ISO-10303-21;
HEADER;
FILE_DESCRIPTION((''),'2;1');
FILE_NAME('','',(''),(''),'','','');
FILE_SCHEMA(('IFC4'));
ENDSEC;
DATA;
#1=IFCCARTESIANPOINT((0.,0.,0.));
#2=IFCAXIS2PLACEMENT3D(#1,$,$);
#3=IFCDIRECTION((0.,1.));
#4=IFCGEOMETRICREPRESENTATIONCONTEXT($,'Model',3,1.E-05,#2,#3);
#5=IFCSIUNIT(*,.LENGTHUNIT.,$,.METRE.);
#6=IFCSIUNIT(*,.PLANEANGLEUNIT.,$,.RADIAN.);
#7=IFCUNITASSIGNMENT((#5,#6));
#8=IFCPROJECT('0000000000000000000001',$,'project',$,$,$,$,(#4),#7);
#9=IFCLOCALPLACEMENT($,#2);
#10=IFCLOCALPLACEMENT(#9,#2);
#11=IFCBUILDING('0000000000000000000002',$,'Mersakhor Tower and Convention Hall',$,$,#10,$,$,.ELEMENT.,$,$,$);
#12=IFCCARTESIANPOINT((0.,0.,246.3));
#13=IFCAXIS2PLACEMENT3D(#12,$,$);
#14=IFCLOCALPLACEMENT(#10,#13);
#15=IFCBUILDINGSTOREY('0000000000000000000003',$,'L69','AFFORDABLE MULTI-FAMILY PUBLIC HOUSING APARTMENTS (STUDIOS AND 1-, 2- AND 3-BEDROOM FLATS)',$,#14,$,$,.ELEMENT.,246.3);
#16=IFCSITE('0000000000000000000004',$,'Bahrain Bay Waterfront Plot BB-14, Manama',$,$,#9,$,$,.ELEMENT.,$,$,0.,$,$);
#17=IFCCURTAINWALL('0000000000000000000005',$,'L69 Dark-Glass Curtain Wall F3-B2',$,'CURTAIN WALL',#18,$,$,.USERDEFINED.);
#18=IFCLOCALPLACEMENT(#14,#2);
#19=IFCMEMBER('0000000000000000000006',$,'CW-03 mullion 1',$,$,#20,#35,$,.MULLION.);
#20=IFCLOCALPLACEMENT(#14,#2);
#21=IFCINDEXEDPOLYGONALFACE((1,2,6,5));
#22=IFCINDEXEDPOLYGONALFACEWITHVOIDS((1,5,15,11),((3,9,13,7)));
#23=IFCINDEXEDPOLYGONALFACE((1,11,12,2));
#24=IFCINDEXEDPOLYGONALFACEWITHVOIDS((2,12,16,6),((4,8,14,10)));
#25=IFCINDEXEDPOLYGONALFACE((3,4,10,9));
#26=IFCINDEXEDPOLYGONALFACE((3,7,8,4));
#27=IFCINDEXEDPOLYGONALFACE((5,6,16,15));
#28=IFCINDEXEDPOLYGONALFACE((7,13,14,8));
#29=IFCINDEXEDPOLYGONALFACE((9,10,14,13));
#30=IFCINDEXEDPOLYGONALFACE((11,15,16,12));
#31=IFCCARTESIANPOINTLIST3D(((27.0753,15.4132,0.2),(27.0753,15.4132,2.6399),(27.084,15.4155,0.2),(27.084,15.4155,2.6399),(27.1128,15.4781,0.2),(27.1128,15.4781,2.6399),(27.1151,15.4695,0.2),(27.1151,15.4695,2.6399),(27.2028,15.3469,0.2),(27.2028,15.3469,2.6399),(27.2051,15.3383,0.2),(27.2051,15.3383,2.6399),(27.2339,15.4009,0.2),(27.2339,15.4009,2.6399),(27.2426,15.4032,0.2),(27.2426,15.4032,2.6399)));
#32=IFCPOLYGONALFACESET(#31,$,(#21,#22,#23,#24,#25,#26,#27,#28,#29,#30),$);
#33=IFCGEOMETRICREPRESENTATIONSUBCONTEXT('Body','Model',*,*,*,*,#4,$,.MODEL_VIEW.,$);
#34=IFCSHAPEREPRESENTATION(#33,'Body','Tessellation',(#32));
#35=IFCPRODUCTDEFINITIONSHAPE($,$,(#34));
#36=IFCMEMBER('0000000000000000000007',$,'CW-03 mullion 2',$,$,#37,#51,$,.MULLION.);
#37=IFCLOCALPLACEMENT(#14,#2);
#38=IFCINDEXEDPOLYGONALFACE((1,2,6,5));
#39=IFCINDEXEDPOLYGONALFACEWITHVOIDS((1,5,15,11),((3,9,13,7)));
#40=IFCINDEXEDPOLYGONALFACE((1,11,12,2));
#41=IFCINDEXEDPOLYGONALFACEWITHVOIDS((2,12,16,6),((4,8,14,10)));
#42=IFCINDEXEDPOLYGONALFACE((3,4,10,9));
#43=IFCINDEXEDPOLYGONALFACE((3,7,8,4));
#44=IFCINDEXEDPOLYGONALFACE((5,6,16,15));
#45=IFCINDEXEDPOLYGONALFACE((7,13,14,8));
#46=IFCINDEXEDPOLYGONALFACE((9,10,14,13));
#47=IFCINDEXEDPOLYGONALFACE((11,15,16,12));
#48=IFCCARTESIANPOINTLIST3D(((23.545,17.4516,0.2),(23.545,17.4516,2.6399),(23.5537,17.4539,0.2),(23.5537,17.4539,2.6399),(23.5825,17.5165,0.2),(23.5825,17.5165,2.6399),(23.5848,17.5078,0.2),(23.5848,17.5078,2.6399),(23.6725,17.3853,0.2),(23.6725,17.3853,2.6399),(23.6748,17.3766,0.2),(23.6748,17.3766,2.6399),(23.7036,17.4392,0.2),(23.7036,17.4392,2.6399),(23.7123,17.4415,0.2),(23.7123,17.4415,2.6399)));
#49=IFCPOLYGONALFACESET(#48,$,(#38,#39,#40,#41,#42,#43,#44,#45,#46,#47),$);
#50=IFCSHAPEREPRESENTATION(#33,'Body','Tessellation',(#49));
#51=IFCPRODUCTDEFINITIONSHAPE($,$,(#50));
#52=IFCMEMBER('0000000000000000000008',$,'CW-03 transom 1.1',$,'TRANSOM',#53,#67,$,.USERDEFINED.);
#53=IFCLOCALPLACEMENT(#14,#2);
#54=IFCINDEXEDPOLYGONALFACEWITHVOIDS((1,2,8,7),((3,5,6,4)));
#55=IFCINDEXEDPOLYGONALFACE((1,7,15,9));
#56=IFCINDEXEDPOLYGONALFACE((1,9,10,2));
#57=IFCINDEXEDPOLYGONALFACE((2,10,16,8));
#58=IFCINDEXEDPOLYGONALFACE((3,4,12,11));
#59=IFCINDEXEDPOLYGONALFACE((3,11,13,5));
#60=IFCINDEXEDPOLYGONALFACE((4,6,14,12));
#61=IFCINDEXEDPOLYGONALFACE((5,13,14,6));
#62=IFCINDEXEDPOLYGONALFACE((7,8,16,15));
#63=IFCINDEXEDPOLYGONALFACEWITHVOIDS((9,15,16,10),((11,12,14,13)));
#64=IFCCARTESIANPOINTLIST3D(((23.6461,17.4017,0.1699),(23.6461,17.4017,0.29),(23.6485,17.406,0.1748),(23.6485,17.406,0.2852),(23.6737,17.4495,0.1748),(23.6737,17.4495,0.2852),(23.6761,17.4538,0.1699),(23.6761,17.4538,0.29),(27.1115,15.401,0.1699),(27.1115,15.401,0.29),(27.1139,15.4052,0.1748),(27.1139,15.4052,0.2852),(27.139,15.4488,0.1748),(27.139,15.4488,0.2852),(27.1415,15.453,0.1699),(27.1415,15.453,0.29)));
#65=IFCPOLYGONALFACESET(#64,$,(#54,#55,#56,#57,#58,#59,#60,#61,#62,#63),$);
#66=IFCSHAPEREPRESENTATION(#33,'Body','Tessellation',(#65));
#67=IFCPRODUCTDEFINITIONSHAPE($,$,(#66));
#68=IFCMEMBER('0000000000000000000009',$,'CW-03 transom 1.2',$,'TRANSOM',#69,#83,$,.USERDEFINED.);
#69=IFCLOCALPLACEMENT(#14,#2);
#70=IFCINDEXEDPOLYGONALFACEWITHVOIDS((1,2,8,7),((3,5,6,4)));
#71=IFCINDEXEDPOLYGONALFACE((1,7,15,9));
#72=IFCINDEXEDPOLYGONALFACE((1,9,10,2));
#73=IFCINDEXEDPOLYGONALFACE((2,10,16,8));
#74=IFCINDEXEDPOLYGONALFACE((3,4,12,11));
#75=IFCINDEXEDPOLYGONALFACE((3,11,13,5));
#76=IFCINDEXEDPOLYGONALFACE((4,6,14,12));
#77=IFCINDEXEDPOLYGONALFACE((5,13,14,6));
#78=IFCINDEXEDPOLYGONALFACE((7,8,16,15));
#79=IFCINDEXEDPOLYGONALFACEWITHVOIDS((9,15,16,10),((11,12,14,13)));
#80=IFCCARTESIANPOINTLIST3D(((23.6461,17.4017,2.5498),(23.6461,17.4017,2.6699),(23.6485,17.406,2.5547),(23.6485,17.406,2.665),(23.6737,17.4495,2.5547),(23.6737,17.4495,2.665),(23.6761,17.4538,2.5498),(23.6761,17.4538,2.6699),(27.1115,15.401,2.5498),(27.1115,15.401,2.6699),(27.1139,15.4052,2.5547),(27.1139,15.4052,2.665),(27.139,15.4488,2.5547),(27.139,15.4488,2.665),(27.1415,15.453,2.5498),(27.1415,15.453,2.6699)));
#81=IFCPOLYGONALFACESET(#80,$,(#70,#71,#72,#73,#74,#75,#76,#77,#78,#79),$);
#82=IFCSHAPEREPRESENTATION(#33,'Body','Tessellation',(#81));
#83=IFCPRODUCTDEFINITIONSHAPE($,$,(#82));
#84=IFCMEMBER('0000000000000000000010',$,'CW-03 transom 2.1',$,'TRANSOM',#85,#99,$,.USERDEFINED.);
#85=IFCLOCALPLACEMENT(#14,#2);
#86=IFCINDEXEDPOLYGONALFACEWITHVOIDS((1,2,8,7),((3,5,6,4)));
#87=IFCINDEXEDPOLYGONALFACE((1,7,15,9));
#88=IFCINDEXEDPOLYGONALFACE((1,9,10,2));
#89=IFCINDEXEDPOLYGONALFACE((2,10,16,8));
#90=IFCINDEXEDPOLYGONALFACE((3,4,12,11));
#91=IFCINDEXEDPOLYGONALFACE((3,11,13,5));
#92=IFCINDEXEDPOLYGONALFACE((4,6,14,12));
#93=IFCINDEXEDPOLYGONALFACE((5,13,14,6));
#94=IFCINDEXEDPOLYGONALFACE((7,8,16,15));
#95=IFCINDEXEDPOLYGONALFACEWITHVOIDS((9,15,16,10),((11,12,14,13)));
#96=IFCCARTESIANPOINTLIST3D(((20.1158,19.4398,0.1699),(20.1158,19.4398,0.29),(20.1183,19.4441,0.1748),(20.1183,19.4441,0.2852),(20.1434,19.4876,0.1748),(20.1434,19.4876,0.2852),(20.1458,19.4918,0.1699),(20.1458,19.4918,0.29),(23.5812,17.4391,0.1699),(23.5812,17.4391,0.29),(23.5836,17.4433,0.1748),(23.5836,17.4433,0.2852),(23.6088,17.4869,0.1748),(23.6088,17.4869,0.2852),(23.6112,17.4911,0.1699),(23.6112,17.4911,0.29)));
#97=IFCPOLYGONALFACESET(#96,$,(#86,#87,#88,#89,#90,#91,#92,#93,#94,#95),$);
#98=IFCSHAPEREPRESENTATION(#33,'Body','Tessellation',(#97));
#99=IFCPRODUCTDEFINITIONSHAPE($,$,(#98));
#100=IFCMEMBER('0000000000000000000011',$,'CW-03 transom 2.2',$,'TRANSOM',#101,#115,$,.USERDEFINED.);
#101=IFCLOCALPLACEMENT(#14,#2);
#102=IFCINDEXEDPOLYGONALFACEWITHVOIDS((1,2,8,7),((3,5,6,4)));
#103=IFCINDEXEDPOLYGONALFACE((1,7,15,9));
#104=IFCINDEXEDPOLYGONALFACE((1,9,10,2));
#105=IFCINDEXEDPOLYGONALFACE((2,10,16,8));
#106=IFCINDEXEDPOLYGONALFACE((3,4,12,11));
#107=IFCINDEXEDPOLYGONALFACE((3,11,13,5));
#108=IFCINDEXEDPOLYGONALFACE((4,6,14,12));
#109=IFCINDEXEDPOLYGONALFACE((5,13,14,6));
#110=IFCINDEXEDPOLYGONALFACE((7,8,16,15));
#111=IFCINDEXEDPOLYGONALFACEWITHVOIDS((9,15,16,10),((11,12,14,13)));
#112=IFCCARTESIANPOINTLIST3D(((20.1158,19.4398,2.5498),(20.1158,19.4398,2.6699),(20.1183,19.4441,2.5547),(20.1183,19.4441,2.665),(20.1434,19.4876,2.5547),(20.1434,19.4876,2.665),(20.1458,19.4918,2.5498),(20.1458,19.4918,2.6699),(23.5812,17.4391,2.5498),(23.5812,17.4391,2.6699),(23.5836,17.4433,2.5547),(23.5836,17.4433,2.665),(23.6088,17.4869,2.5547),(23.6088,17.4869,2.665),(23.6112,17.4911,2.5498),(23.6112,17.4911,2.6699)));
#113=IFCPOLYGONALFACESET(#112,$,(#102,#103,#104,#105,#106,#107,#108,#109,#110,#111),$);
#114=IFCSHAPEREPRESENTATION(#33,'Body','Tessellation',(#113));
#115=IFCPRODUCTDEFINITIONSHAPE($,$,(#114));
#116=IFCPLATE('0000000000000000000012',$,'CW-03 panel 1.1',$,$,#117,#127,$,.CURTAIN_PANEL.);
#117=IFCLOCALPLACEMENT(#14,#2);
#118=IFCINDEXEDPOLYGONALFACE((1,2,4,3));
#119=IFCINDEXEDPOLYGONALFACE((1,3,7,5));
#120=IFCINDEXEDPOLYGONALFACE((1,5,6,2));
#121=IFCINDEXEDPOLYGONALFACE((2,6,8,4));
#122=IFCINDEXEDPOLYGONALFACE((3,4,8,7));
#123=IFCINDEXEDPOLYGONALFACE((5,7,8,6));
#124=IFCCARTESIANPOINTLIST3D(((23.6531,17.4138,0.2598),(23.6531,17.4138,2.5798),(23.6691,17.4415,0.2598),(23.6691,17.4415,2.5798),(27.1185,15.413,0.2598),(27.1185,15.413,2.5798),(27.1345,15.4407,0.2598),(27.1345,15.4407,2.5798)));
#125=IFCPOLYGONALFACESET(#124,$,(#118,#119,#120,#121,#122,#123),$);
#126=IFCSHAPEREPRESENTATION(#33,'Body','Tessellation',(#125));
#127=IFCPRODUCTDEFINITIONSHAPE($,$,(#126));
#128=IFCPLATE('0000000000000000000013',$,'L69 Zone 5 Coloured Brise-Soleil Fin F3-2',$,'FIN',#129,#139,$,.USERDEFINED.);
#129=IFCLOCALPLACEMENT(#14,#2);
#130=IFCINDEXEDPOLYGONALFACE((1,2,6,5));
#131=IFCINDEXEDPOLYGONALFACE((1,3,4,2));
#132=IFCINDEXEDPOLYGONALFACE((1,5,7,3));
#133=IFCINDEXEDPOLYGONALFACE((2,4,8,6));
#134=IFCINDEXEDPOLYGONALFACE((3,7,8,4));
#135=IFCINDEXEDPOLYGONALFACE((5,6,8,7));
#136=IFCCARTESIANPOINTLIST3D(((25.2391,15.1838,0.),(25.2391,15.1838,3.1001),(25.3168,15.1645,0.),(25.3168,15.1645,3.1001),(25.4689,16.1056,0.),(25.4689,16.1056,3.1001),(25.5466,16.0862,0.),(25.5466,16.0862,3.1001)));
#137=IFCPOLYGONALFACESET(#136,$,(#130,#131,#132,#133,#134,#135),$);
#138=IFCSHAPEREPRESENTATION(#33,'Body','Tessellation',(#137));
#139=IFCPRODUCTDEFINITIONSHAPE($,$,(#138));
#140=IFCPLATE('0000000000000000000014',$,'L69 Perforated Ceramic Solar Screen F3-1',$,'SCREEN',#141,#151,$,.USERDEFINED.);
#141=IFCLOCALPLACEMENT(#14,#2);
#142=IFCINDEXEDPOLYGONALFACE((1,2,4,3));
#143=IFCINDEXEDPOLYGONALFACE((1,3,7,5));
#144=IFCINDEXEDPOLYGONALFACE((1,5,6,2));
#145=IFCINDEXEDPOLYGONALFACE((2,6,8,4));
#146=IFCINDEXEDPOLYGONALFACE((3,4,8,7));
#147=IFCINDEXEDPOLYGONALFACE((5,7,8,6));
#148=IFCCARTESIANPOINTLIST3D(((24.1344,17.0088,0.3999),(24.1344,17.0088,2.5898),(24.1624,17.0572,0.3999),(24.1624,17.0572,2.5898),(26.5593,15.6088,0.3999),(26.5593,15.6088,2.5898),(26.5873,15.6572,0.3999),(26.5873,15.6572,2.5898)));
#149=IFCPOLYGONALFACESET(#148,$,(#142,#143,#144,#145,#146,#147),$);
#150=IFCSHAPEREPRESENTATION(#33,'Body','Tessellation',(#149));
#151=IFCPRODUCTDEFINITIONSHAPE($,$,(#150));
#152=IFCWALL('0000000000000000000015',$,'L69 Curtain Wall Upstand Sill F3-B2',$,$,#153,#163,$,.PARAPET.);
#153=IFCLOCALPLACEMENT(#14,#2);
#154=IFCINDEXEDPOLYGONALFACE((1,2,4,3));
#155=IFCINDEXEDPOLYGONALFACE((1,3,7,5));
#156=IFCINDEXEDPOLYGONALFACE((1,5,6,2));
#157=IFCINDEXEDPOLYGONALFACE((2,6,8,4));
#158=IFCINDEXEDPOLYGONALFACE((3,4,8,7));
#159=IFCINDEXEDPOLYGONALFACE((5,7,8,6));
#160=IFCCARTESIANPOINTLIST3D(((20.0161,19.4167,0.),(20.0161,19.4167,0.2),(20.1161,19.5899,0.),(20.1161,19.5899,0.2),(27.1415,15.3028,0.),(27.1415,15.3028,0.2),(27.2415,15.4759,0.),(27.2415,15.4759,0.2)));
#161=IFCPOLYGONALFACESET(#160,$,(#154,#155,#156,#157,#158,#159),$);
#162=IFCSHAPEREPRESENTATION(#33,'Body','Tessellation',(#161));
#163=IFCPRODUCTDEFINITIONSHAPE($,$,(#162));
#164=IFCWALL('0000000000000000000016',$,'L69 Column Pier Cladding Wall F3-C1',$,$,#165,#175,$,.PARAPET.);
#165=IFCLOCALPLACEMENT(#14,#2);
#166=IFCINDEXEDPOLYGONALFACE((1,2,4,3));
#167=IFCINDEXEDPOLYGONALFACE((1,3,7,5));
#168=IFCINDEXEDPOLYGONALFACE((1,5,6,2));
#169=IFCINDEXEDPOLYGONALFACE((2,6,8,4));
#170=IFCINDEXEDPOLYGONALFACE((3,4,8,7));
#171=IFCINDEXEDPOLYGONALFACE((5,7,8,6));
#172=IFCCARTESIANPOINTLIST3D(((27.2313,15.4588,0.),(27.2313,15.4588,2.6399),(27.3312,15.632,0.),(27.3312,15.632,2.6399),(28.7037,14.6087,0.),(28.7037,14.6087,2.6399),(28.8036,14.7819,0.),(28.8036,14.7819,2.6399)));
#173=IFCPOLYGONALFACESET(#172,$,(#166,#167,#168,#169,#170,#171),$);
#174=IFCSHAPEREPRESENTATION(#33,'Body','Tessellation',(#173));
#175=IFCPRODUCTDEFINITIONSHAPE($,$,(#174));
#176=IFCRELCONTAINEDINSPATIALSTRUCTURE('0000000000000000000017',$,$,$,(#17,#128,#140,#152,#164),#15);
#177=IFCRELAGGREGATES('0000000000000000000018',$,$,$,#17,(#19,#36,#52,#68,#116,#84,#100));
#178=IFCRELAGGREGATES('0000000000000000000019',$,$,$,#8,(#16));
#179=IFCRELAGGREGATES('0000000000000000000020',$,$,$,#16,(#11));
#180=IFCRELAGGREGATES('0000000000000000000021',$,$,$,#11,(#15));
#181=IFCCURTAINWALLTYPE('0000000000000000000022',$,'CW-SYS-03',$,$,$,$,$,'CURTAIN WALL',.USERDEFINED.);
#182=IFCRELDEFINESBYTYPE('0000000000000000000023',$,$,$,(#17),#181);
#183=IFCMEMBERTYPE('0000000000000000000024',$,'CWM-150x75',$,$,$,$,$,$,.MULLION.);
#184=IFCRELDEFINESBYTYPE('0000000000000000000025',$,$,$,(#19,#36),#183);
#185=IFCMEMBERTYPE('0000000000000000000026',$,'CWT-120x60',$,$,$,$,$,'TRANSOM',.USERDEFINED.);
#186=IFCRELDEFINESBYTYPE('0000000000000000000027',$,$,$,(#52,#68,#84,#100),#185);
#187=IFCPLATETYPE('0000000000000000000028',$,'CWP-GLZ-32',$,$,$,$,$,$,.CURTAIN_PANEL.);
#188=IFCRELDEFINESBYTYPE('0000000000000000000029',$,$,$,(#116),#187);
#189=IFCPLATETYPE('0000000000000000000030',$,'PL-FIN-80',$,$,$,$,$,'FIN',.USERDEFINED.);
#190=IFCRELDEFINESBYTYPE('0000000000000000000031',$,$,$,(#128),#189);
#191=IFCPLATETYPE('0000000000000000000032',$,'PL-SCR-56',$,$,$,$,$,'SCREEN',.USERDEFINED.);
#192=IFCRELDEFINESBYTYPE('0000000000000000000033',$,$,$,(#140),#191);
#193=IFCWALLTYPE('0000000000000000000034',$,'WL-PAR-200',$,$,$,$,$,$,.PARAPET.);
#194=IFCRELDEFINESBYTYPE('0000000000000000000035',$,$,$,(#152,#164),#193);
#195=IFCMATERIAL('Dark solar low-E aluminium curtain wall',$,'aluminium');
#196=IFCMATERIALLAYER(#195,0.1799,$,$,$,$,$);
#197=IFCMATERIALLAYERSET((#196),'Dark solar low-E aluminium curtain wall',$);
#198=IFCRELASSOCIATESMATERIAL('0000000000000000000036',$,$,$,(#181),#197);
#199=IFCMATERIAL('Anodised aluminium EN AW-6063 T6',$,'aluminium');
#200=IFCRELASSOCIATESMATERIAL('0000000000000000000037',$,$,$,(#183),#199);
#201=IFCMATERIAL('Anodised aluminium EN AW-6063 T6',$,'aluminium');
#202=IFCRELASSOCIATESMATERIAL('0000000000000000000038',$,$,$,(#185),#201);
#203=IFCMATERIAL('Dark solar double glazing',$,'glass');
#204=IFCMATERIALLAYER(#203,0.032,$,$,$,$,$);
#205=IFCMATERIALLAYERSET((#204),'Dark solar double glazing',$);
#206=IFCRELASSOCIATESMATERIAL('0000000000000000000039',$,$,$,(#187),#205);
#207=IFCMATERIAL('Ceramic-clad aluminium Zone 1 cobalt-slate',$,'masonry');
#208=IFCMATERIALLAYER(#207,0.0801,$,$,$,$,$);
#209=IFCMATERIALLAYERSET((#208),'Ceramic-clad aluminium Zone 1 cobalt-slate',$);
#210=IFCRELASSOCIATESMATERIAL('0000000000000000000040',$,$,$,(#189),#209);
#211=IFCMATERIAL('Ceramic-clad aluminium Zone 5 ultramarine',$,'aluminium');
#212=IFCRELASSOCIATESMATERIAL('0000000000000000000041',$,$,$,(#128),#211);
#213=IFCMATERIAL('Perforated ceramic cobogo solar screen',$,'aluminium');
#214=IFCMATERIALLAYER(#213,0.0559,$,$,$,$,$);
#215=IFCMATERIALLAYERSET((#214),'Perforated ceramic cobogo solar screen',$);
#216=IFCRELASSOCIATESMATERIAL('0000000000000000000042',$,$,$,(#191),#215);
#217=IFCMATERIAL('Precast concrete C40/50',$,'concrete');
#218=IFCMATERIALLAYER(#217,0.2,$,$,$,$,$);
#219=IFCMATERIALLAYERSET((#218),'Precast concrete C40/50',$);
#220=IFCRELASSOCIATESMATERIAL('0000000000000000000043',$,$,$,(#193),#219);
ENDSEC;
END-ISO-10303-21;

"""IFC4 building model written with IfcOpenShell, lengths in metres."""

from ifc_helpers import new_model, si_unit, direction, frame, frame_2d, origin, origin_2d, place, context, subcontext, project, spatial, rectangle, hollow_rectangle, extrude, material, layer, layer_set, material_profile, profile_set, type_object, element, aggregate, save


model = new_model("IFC4")

# Units and contexts
model_context = context("Model", 3, precision=1e-05, world=origin(), true_north=direction((0.0, 1.0)))
body_context = subcontext(model_context, "Body", "Model", "MODEL_VIEW")
ifc_project = project(units=[si_unit("LENGTHUNIT", "METRE"), si_unit("PLANEANGLEUNIT", "RADIAN")], contexts=[model_context])

# Site, building, storey
site_placement = place(None, origin())
site = spatial("IfcSite", under=ifc_project, at=site_placement, Name="Bahrain Bay Waterfront Plot BB-14, Manama", CompositionType="ELEMENT", RefElevation=0.0)
building_placement = place(site_placement, origin())
building = spatial("IfcBuilding", under=site, at=building_placement, Name="Mersakhor Tower and Convention Hall", CompositionType="ELEMENT")
storey_placement = place(building_placement, frame((0.0, 0.0, 246.3)))
storey = spatial("IfcBuildingStorey", under=building, at=storey_placement, Name="L69", Description="AFFORDABLE MULTI-FAMILY PUBLIC HOUSING APARTMENTS (STUDIOS AND 1-, 2- AND 3-BEDROOM FLATS)", CompositionType="ELEMENT", Elevation=246.3)

# Curtain wall, members, plate
ifc_material_1 = material(Name="Dark solar low-E aluminium curtain wall", Category="aluminium")
ifc_layer_1 = layer(ifc_material_1, 0.1799)
ifc_layer_set_1 = layer_set([ifc_layer_1], Name="Dark solar low-E aluminium curtain wall")
curtain_wall_type = type_object("IfcCurtainWallType", Name="CW-SYS-03", ElementType="CURTAIN WALL", PredefinedType="USERDEFINED", material=ifc_layer_set_1)
curtain_wall_placement = place(storey_placement, origin())
curtain_wall = element("IfcCurtainWall", 1, at=curtain_wall_placement, inside=storey, type_object=curtain_wall_type, Name="L69 Dark-Glass Curtain Wall F3-B2", ObjectType="CURTAIN WALL", PredefinedType="USERDEFINED")
ifc_material_2 = material(Name="Anodised aluminium EN AW-6063 T6", Category="aluminium")
ifc_material_profile_1 = material_profile(ifc_material_2, hollow_rectangle(XDim=0.075, YDim=0.1499, WallThickness=0.0063, at=origin_2d()), Name="RHS 150x75x6.3")
ifc_profile_set_1 = profile_set([ifc_material_profile_1], Name="Anodised aluminium EN AW-6063 T6")
member_type_1 = type_object("IfcMemberType", Name="CWM-150x75", PredefinedType="MULLION", material=ifc_profile_set_1)
member_1_placement = place(storey_placement, frame((27.1589, 15.4082, 0.2), z_axis=(0.0, 0.0, 1.0), x_axis=(-0.500004, -0.866023, 0.0)))
member_1 = element("IfcMember", 2, at=member_1_placement, type_object=member_type_1, Name="CW-03 mullion 1", PredefinedType="MULLION", context=body_context, shape_type="SweptSolid", body=[
    extrude(hollow_rectangle(XDim=0.075, YDim=0.1499, WallThickness=0.0063, at=origin_2d()), origin(), (0.0, 0.0, 1.0), 2.4399),
])
member_2_placement = place(storey_placement, frame((23.6287, 17.4465, 0.2), z_axis=(0.0, 0.0, 1.0), x_axis=(-0.500004, -0.866023, 0.0)))
member_2 = element("IfcMember", 3, at=member_2_placement, type_object=member_type_1, Name="CW-03 mullion 2", PredefinedType="MULLION", context=body_context, shape_type="SweptSolid", body=[
    extrude(hollow_rectangle(XDim=0.075, YDim=0.1499, WallThickness=0.0063, at=origin_2d()), origin(), (0.0, 0.0, 1.0), 2.4399),
])
ifc_material_3 = material(Name="Anodised aluminium EN AW-6063 T6", Category="aluminium")
ifc_material_profile_2 = material_profile(ifc_material_3, hollow_rectangle(XDim=0.0601, YDim=0.1201, WallThickness=0.0049, at=origin_2d()), Name="RHS 120x60x5")
ifc_profile_set_2 = profile_set([ifc_material_profile_2], Name="Anodised aluminium EN AW-6063 T6")
member_type_2 = type_object("IfcMemberType", Name="CWT-120x60", ElementType="TRANSOM", PredefinedType="USERDEFINED", material=ifc_profile_set_2)
member_3_placement = place(storey_placement, frame((27.1265, 15.427, 0.23), z_axis=(-0.866023, 0.500004, 0.0), x_axis=(-0.500004, -0.866023, 0.0)))
member_3 = element("IfcMember", 4, at=member_3_placement, type_object=member_type_2, Name="CW-03 transom 1.1", ObjectType="TRANSOM", PredefinedType="USERDEFINED", context=body_context, shape_type="SweptSolid", body=[
    extrude(hollow_rectangle(XDim=0.0601, YDim=0.1201, WallThickness=0.0049, at=origin_2d()), origin(), (0.0, 0.0, 1.0), 4.0015),
])
member_4_placement = place(storey_placement, frame((27.1265, 15.427, 2.6099), z_axis=(-0.866023, 0.500004, 0.0), x_axis=(-0.500004, -0.866023, 0.0)))
member_4 = element("IfcMember", 5, at=member_4_placement, type_object=member_type_2, Name="CW-03 transom 1.2", ObjectType="TRANSOM", PredefinedType="USERDEFINED", context=body_context, shape_type="SweptSolid", body=[
    extrude(hollow_rectangle(XDim=0.0601, YDim=0.1201, WallThickness=0.0049, at=origin_2d()), origin(), (0.0, 0.0, 1.0), 4.0015),
])
member_5_placement = place(storey_placement, frame((23.5962, 17.4651, 0.23), z_axis=(-0.866023, 0.500004, 0.0), x_axis=(-0.500004, -0.866023, 0.0)))
member_5 = element("IfcMember", 6, at=member_5_placement, type_object=member_type_2, Name="CW-03 transom 2.1", ObjectType="TRANSOM", PredefinedType="USERDEFINED", context=body_context, shape_type="SweptSolid", body=[
    extrude(hollow_rectangle(XDim=0.0601, YDim=0.1201, WallThickness=0.0049, at=origin_2d()), origin(), (0.0, 0.0, 1.0), 4.0015),
])
member_6_placement = place(storey_placement, frame((23.5962, 17.4651, 2.6099), z_axis=(-0.866023, 0.500004, 0.0), x_axis=(-0.500004, -0.866023, 0.0)))
member_6 = element("IfcMember", 7, at=member_6_placement, type_object=member_type_2, Name="CW-03 transom 2.2", ObjectType="TRANSOM", PredefinedType="USERDEFINED", context=body_context, shape_type="SweptSolid", body=[
    extrude(hollow_rectangle(XDim=0.0601, YDim=0.1201, WallThickness=0.0049, at=origin_2d()), origin(), (0.0, 0.0, 1.0), 4.0015),
])
ifc_material_4 = material(Name="Dark solar double glazing", Category="glass")
ifc_layer_2 = layer(ifc_material_4, 0.032)
ifc_layer_set_2 = layer_set([ifc_layer_2], Name="Dark solar double glazing")
plate_type_1 = type_object("IfcPlateType", Name="CWP-GLZ-32", PredefinedType="CURTAIN_PANEL", material=ifc_layer_set_2)
plate_1_placement = place(storey_placement, frame((25.3938, 16.4272, 0.2598), z_axis=(0.0, 0.0, 1.0), x_axis=(-0.866023, 0.500004, 0.0)))
plate_1 = element("IfcPlate", 8, at=plate_1_placement, type_object=plate_type_1, Name="CW-03 panel 1.1", PredefinedType="CURTAIN_PANEL", context=body_context, shape_type="SweptSolid", body=[
    extrude(rectangle(XDim=4.0015, YDim=0.032, at=origin_2d()), origin(), (0.0, 0.0, 1.0), 2.3201),
])
aggregate(curtain_wall, [member_1, member_2, member_3, member_4, plate_1, member_5, member_6])

# Plates
ifc_material_5 = material(Name="Ceramic-clad aluminium Zone 5 ultramarine", Category="aluminium")
ifc_material_6 = material(Name="Ceramic-clad aluminium Zone 1 cobalt-slate", Category="masonry")
ifc_layer_3 = layer(ifc_material_6, 0.0801)
ifc_layer_set_3 = layer_set([ifc_layer_3], Name="Ceramic-clad aluminium Zone 1 cobalt-slate")
plate_type_2 = type_object("IfcPlateType", Name="PL-FIN-80", ElementType="FIN", PredefinedType="USERDEFINED", material=ifc_layer_set_3)
plate_2_placement = place(storey_placement, frame((25.3928, 15.635, 0.0), z_axis=(0.0, 0.0, 1.0), x_axis=(-0.241922, -0.970296, 0.0)))
element("IfcPlate", 9, at=plate_2_placement, inside=storey, type_object=plate_type_2, material=ifc_material_5, Name="L69 Zone 5 Coloured Brise-Soleil Fin F3-2", ObjectType="FIN", PredefinedType="USERDEFINED", context=body_context, shape_type="SweptSolid", body=[
    extrude(rectangle(XDim=0.95, YDim=0.0801, at=origin_2d()), origin(), (0.0, 0.0, 1.0), 3.1001),
])
ifc_material_7 = material(Name="Perforated ceramic cobogo solar screen", Category="aluminium")
ifc_layer_4 = layer(ifc_material_7, 0.0559)
ifc_layer_set_4 = layer_set([ifc_layer_4], Name="Perforated ceramic cobogo solar screen")
plate_type_3 = type_object("IfcPlateType", Name="PL-SCR-56", ElementType="SCREEN", PredefinedType="USERDEFINED", material=ifc_layer_set_4)
plate_3_placement = place(storey_placement, frame((25.3608, 16.333, 0.3999), z_axis=(0.0, 0.0, 1.0), x_axis=(-0.866025, 0.5, 0.0)))
element("IfcPlate", 10, at=plate_3_placement, inside=storey, type_object=plate_type_3, Name="L69 Perforated Ceramic Solar Screen F3-1", ObjectType="SCREEN", PredefinedType="USERDEFINED", context=body_context, shape_type="SweptSolid", body=[
    extrude(rectangle(XDim=2.8, YDim=0.0559, at=origin_2d()), origin(), (0.0, 0.0, 1.0), 2.1899),
])

# Walls
ifc_material_8 = material(Name="Precast concrete C40/50", Category="concrete")
ifc_layer_5 = layer(ifc_material_8, 0.2)
ifc_layer_set_5 = layer_set([ifc_layer_5], Name="Precast concrete C40/50")
wall_type_1 = type_object("IfcWallType", Name="WL-PAR-200", PredefinedType="PARAPET", material=ifc_layer_set_5)
wall_1_placement = place(storey_placement, frame((27.1914, 15.3894, 0.0), z_axis=(0.0, 0.0, 1.0), x_axis=(-0.86602, 0.50001, 0.0)))
element("IfcWall", 11, at=wall_1_placement, inside=storey, type_object=wall_type_1, Name="L69 Curtain Wall Upstand Sill F3-B2", PredefinedType="PARAPET", context=body_context, shape_type="SweptSolid", body=[
    extrude(rectangle(XDim=8.2278, YDim=0.2, at=frame_2d((4.1138, 0.0))), origin(), (0.0, 0.0, 1.0), 0.2),
])
wall_2_placement = place(storey_placement, frame((28.7537, 14.6953, 0.0), z_axis=(0.0, 0.0, 1.0), x_axis=(-0.866025, 0.5, 0.0)))
element("IfcWall", 12, at=wall_2_placement, inside=storey, type_object=wall_type_1, Name="L69 Column Pier Cladding Wall F3-C1", PredefinedType="PARAPET", context=body_context, shape_type="SweptSolid", body=[
    extrude(rectangle(XDim=1.7002, YDim=0.2, at=frame_2d((0.8501, 0.0))), origin(), (0.0, 0.0, 1.0), 2.6399),
])

save(model, "model.ifc")
